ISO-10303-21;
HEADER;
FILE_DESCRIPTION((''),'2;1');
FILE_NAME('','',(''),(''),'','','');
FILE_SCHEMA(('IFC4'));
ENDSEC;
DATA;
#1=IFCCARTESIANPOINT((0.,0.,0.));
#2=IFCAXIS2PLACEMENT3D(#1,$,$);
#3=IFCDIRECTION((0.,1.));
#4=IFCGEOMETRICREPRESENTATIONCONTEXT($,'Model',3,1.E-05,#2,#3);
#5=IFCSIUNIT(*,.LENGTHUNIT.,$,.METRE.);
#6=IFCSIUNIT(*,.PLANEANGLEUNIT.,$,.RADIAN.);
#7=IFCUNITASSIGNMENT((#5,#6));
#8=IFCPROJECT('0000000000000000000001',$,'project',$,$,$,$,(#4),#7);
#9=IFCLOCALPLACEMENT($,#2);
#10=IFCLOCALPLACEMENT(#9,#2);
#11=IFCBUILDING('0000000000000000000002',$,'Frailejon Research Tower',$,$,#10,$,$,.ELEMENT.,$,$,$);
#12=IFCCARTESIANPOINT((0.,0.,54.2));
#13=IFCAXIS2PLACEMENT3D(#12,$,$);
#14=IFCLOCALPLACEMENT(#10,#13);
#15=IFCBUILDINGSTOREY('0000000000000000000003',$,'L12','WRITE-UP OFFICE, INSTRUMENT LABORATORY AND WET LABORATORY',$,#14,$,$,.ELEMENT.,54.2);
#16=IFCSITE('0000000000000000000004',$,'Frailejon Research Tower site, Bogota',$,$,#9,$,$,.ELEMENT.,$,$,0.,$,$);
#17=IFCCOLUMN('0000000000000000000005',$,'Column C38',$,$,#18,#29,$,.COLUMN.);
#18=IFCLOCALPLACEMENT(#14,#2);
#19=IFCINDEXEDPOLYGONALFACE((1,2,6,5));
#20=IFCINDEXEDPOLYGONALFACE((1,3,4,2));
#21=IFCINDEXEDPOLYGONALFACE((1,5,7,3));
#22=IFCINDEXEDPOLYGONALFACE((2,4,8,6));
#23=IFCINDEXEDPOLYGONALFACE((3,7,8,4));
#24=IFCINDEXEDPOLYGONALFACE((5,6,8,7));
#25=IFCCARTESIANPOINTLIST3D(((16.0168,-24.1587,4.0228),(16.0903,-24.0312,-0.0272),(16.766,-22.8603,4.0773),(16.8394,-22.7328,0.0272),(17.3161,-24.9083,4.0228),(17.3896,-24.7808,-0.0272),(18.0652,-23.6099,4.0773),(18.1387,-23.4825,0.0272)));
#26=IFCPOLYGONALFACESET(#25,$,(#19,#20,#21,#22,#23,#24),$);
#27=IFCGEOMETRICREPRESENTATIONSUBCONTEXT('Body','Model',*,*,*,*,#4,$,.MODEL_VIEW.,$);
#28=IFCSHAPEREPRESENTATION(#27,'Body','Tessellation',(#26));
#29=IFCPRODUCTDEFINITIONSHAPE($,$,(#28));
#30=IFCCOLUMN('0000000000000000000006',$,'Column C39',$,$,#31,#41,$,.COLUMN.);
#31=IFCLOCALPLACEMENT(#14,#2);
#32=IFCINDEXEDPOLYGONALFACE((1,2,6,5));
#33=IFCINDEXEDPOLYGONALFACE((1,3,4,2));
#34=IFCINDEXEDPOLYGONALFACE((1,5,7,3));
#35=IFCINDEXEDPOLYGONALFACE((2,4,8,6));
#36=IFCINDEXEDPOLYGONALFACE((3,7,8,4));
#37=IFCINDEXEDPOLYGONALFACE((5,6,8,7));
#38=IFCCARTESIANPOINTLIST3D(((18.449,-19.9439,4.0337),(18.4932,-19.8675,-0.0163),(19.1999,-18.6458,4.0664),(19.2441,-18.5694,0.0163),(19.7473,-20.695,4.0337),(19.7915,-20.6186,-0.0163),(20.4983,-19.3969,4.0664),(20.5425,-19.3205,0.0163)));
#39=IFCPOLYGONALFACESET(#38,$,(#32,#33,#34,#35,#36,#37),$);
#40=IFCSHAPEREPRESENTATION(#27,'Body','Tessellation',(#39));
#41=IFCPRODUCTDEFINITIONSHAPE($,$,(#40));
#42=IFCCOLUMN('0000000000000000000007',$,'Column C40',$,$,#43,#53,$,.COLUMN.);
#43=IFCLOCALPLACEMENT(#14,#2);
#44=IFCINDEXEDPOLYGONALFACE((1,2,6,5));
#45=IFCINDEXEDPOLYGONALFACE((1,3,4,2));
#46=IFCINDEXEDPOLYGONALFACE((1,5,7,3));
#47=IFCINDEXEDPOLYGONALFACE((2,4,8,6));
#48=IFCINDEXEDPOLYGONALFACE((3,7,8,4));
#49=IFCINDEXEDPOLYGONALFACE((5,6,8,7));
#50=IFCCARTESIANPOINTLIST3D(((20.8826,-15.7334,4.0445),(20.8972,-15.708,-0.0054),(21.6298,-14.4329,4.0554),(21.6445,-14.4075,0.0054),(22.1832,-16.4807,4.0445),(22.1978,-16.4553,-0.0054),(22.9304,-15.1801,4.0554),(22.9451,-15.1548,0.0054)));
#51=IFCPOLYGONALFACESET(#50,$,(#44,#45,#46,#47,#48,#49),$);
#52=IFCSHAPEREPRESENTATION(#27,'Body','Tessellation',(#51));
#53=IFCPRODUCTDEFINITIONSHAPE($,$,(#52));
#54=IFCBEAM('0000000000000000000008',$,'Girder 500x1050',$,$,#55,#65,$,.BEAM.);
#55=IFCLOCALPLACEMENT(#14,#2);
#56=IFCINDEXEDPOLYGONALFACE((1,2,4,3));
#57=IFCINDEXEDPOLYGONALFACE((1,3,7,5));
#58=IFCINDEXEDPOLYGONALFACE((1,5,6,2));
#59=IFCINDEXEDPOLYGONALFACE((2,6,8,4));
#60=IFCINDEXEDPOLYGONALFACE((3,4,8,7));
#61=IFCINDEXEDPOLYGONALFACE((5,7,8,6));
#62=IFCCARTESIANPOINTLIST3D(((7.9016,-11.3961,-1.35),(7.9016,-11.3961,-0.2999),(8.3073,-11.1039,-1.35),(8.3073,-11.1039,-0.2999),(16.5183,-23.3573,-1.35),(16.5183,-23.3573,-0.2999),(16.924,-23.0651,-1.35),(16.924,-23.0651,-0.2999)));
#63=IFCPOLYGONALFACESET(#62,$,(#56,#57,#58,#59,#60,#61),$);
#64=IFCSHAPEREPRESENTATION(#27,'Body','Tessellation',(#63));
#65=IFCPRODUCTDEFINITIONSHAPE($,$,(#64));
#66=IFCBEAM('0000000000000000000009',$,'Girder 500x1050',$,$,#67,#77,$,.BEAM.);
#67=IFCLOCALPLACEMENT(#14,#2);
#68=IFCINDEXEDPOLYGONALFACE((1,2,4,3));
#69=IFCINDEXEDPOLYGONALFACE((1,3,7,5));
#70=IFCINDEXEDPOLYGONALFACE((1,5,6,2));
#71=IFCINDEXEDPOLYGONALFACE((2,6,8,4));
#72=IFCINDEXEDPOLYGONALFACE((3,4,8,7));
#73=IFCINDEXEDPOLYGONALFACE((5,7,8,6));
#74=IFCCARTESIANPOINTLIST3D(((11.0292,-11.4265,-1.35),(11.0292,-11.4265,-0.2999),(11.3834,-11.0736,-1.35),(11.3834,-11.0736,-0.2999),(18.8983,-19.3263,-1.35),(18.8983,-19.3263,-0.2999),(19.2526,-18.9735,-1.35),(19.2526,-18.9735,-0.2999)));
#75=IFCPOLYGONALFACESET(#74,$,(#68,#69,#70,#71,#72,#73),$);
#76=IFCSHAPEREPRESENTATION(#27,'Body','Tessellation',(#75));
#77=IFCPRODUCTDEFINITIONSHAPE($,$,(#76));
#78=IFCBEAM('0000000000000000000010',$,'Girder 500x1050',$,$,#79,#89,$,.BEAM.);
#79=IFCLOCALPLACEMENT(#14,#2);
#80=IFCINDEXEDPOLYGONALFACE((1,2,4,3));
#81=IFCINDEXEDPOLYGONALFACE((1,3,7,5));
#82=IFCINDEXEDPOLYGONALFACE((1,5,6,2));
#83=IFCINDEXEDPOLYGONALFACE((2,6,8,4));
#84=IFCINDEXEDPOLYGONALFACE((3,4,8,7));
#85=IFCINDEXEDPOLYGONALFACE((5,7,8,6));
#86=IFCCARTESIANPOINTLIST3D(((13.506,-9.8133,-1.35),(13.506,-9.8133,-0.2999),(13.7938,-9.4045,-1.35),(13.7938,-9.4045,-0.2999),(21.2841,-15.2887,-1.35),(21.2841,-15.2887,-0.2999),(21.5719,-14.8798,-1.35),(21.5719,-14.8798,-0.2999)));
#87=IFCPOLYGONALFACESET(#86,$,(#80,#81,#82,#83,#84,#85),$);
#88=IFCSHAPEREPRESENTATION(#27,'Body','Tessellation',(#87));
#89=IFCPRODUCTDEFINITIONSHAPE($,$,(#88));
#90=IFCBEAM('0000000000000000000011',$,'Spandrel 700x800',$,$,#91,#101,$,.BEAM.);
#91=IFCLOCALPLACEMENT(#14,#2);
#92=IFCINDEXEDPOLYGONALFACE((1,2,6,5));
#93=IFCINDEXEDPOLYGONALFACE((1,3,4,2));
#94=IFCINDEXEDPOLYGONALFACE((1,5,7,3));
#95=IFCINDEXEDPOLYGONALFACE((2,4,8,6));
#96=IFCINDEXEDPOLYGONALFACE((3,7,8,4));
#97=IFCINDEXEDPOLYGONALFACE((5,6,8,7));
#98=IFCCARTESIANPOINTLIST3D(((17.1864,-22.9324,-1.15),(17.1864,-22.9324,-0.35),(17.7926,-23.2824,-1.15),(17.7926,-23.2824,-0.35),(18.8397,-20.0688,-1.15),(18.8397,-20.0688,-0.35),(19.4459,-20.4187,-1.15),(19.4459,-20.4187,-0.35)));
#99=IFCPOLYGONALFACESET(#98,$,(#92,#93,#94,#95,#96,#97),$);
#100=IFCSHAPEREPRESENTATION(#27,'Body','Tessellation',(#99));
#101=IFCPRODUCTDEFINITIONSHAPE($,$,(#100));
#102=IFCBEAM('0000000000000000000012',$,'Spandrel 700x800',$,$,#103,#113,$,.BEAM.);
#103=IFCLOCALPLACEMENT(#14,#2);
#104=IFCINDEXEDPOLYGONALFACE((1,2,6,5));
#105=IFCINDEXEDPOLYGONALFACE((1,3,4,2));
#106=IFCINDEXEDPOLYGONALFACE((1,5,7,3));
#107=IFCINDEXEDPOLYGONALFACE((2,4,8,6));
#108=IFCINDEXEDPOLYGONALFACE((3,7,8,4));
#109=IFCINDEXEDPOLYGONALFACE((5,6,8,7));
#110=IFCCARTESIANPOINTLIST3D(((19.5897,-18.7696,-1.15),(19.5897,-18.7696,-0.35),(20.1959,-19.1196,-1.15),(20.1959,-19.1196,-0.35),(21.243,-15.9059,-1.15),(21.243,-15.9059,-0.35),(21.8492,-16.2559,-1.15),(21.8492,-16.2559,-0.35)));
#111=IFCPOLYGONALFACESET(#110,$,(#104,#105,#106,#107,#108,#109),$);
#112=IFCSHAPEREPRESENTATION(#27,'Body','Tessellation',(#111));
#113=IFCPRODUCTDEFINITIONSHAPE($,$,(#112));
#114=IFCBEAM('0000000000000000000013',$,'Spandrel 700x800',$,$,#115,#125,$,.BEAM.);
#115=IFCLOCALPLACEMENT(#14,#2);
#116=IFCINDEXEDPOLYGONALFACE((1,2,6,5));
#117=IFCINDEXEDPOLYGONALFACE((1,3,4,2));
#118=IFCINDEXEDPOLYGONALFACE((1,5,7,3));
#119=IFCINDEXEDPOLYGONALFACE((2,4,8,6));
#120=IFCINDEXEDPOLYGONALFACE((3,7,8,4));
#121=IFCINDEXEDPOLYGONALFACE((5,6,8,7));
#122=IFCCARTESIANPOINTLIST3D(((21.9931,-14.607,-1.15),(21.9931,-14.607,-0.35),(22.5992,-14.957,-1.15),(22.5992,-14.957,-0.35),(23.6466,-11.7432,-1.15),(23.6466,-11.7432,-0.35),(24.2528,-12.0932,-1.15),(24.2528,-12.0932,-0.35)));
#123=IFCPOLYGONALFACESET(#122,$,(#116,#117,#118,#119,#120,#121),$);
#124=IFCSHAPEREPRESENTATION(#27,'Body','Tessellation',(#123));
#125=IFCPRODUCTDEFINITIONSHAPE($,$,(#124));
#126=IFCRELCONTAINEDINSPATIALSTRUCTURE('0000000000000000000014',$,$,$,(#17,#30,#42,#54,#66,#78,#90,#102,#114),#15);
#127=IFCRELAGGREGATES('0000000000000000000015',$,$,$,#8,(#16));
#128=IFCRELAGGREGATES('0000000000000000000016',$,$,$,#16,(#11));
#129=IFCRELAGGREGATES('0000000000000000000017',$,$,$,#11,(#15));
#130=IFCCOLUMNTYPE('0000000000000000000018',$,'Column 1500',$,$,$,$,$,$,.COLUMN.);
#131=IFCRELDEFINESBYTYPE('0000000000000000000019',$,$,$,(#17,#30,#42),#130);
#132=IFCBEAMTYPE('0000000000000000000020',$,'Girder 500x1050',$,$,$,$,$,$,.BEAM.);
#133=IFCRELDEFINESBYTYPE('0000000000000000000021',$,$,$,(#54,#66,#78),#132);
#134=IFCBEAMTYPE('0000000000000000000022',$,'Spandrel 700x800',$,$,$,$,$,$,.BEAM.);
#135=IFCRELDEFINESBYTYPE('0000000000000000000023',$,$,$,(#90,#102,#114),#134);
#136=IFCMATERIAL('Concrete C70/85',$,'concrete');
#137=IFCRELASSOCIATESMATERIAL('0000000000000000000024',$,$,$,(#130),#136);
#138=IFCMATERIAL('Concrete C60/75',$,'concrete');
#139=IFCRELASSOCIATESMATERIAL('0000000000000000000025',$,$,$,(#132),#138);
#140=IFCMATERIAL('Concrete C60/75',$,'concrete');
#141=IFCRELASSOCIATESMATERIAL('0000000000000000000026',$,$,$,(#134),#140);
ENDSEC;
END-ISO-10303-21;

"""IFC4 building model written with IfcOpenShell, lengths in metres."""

from ifc_helpers import new_model, si_unit, direction, frame, origin, origin_2d, place, context, subcontext, project, spatial, rectangle, extrude, material, material_profile, profile_set, type_object, element, save


model = new_model("IFC4")

# Units and contexts
model_context = context("Model", 3, precision=1e-05, world=origin(), true_north=direction((0.0, 1.0)))
body_context = subcontext(model_context, "Body", "Model", "MODEL_VIEW")
ifc_project = project(units=[si_unit("LENGTHUNIT", "METRE"), si_unit("PLANEANGLEUNIT", "RADIAN")], contexts=[model_context])

# Site, building, storey
site_placement = place(None, origin())
site = spatial("IfcSite", under=ifc_project, at=site_placement, Name="Frailejon Research Tower site, Bogota", CompositionType="ELEMENT", RefElevation=0.0)
building_placement = place(site_placement, origin())
building = spatial("IfcBuilding", under=site, at=building_placement, Name="Frailejon Research Tower", CompositionType="ELEMENT")
storey_placement = place(building_placement, frame((0.0, 0.0, 54.2)))
storey = spatial("IfcBuildingStorey", under=building, at=storey_placement, Name="L12", Description="WRITE-UP OFFICE, INSTRUMENT LABORATORY AND WET LABORATORY", CompositionType="ELEMENT", Elevation=54.2)

# Columns
ifc_material_1 = material(Name="Concrete C70/85", Category="concrete")
ifc_material_profile_1 = material_profile(ifc_material_1, rectangle(XDim=1.5, YDim=1.5, at=origin_2d()), Name="Column 1500")
ifc_profile_set_1 = profile_set([ifc_material_profile_1], Name="Concrete C70/85")
column_type = type_object("IfcColumnType", Name="Column 1500", PredefinedType="COLUMN", material=ifc_profile_set_1)
column_1_placement = place(storey_placement, frame((17.1145, -23.7568, 0.0), z_axis=(-0.018133, -0.031446, 0.999341), x_axis=(0.499425, 0.865596, 0.036299)))
element("IfcColumn", 1, at=column_1_placement, inside=storey, type_object=column_type, Name="Column C38", PredefinedType="COLUMN", context=body_context, shape_type="SweptSolid", body=[
    extrude(rectangle(XDim=1.5, YDim=1.5, at=origin_2d()), origin(), (0.0, 0.0, 1.0), 4.0527),
])
column_2_placement = place(storey_placement, frame((19.5178, -19.594, 0.0), z_axis=(-0.010908, -0.018863, 0.999763), x_axis=(0.500638, 0.865382, 0.02179)))
element("IfcColumn", 2, at=column_2_placement, inside=storey, type_object=column_type, Name="Column C39", PredefinedType="COLUMN", context=body_context, shape_type="SweptSolid", body=[
    extrude(rectangle(XDim=1.5, YDim=1.5, at=origin_2d()), origin(), (0.0, 0.0, 1.0), 4.051),
])
column_3_placement = place(storey_placement, frame((21.9211, -15.4314, 0.0), z_axis=(-0.003617, -0.006269, 0.999974), x_axis=(0.498177, 0.867045, 0.007238)))
element("IfcColumn", 3, at=column_3_placement, inside=storey, type_object=column_type, Name="Column C40", PredefinedType="COLUMN", context=body_context, shape_type="SweptSolid", body=[
    extrude(rectangle(XDim=1.5, YDim=1.5, at=origin_2d()), origin(), (0.0, 0.0, 1.0), 4.05),
])

# Beams
ifc_material_2 = material(Name="Concrete C60/75", Category="concrete")
ifc_material_profile_2 = material_profile(ifc_material_2, rectangle(XDim=0.5, YDim=1.05, at=origin_2d()), Name="Girder 500x1050")
ifc_profile_set_2 = profile_set([ifc_material_profile_2], Name="Concrete C60/75")
beam_type_1 = type_object("IfcBeamType", Name="Girder 500x1050", PredefinedType="BEAM", material=ifc_profile_set_2)
beam_1_placement = place(storey_placement, frame((16.7212, -23.2112, -0.825), z_axis=(-0.584512, 0.811385, 0.0), x_axis=(-0.811385, -0.584512, 0.0)))
element("IfcBeam", 4, at=beam_1_placement, inside=storey, type_object=beam_type_1, Name="Girder 500x1050", PredefinedType="BEAM", context=body_context, shape_type="SweptSolid", body=[
    extrude(rectangle(XDim=0.5, YDim=1.05, at=origin_2d()), origin(), (0.0, 0.0, 1.0), 14.7417),
])
beam_2_placement = place(storey_placement, frame((19.0754, -19.1499, -0.825), z_axis=(-0.705726, 0.708485, 0.0), x_axis=(-0.708485, -0.705726, 0.0)))
element("IfcBeam", 5, at=beam_2_placement, inside=storey, type_object=beam_type_1, Name="Girder 500x1050", PredefinedType="BEAM", context=body_context, shape_type="SweptSolid", body=[
    extrude(rectangle(XDim=0.5, YDim=1.05, at=origin_2d()), origin(), (0.0, 0.0, 1.0), 11.1504),
])
beam_3_placement = place(storey_placement, frame((21.428, -15.0842, -0.825), z_axis=(-0.817713, 0.575626, 0.0), x_axis=(-0.575626, -0.817713, 0.0)))
element("IfcBeam", 6, at=beam_3_placement, inside=storey, type_object=beam_type_1, Name="Girder 500x1050", PredefinedType="BEAM", context=body_context, shape_type="SweptSolid", body=[
    extrude(rectangle(XDim=0.5, YDim=1.05, at=origin_2d()), origin(), (0.0, 0.0, 1.0), 9.512),
])
ifc_material_3 = material(Name="Concrete C60/75", Category="concrete")
ifc_material_profile_3 = material_profile(ifc_material_3, rectangle(XDim=0.7, YDim=0.8, at=origin_2d()), Name="Spandrel 700x800")
ifc_profile_set_3 = profile_set([ifc_material_profile_3], Name="Concrete C60/75")
beam_type_2 = type_object("IfcBeamType", Name="Spandrel 700x800", PredefinedType="BEAM", material=ifc_profile_set_3)
for number, where, z_axis, x_axis, name in (
    (7, (17.4895, -23.1074, -0.75), (0.499982, 0.866036, 0.0), (-0.866036, 0.499982, 0.0), "Spandrel 700x800"),
    (8, (19.8928, -18.9446, -0.75), (0.499982, 0.866036, 0.0), (-0.866036, 0.499982, 0.0), "Spandrel 700x800"),
):
    element("IfcBeam", number, at=place(storey_placement, frame(where, z_axis=z_axis, x_axis=x_axis)), inside=storey, type_object=beam_type_2, Name=name, PredefinedType="BEAM", context=body_context, shape_type="SweptSolid", body=[
        extrude(rectangle(XDim=0.7, YDim=0.8, at=origin_2d()), origin(), (0.0, 0.0, 1.0), 3.3066),
    ])
beam_4_placement = place(storey_placement, frame((22.2961, -14.782, -0.75), z_axis=(0.500038, 0.866004, 0.0), x_axis=(-0.866004, 0.500038, 0.0)))
element("IfcBeam", 9, at=beam_4_placement, inside=storey, type_object=beam_type_2, Name="Spandrel 700x800", PredefinedType="BEAM", context=body_context, shape_type="SweptSolid", body=[
    extrude(rectangle(XDim=0.7, YDim=0.8, at=origin_2d()), origin(), (0.0, 0.0, 1.0), 3.3069),
])

save(model, "model.ifc")
